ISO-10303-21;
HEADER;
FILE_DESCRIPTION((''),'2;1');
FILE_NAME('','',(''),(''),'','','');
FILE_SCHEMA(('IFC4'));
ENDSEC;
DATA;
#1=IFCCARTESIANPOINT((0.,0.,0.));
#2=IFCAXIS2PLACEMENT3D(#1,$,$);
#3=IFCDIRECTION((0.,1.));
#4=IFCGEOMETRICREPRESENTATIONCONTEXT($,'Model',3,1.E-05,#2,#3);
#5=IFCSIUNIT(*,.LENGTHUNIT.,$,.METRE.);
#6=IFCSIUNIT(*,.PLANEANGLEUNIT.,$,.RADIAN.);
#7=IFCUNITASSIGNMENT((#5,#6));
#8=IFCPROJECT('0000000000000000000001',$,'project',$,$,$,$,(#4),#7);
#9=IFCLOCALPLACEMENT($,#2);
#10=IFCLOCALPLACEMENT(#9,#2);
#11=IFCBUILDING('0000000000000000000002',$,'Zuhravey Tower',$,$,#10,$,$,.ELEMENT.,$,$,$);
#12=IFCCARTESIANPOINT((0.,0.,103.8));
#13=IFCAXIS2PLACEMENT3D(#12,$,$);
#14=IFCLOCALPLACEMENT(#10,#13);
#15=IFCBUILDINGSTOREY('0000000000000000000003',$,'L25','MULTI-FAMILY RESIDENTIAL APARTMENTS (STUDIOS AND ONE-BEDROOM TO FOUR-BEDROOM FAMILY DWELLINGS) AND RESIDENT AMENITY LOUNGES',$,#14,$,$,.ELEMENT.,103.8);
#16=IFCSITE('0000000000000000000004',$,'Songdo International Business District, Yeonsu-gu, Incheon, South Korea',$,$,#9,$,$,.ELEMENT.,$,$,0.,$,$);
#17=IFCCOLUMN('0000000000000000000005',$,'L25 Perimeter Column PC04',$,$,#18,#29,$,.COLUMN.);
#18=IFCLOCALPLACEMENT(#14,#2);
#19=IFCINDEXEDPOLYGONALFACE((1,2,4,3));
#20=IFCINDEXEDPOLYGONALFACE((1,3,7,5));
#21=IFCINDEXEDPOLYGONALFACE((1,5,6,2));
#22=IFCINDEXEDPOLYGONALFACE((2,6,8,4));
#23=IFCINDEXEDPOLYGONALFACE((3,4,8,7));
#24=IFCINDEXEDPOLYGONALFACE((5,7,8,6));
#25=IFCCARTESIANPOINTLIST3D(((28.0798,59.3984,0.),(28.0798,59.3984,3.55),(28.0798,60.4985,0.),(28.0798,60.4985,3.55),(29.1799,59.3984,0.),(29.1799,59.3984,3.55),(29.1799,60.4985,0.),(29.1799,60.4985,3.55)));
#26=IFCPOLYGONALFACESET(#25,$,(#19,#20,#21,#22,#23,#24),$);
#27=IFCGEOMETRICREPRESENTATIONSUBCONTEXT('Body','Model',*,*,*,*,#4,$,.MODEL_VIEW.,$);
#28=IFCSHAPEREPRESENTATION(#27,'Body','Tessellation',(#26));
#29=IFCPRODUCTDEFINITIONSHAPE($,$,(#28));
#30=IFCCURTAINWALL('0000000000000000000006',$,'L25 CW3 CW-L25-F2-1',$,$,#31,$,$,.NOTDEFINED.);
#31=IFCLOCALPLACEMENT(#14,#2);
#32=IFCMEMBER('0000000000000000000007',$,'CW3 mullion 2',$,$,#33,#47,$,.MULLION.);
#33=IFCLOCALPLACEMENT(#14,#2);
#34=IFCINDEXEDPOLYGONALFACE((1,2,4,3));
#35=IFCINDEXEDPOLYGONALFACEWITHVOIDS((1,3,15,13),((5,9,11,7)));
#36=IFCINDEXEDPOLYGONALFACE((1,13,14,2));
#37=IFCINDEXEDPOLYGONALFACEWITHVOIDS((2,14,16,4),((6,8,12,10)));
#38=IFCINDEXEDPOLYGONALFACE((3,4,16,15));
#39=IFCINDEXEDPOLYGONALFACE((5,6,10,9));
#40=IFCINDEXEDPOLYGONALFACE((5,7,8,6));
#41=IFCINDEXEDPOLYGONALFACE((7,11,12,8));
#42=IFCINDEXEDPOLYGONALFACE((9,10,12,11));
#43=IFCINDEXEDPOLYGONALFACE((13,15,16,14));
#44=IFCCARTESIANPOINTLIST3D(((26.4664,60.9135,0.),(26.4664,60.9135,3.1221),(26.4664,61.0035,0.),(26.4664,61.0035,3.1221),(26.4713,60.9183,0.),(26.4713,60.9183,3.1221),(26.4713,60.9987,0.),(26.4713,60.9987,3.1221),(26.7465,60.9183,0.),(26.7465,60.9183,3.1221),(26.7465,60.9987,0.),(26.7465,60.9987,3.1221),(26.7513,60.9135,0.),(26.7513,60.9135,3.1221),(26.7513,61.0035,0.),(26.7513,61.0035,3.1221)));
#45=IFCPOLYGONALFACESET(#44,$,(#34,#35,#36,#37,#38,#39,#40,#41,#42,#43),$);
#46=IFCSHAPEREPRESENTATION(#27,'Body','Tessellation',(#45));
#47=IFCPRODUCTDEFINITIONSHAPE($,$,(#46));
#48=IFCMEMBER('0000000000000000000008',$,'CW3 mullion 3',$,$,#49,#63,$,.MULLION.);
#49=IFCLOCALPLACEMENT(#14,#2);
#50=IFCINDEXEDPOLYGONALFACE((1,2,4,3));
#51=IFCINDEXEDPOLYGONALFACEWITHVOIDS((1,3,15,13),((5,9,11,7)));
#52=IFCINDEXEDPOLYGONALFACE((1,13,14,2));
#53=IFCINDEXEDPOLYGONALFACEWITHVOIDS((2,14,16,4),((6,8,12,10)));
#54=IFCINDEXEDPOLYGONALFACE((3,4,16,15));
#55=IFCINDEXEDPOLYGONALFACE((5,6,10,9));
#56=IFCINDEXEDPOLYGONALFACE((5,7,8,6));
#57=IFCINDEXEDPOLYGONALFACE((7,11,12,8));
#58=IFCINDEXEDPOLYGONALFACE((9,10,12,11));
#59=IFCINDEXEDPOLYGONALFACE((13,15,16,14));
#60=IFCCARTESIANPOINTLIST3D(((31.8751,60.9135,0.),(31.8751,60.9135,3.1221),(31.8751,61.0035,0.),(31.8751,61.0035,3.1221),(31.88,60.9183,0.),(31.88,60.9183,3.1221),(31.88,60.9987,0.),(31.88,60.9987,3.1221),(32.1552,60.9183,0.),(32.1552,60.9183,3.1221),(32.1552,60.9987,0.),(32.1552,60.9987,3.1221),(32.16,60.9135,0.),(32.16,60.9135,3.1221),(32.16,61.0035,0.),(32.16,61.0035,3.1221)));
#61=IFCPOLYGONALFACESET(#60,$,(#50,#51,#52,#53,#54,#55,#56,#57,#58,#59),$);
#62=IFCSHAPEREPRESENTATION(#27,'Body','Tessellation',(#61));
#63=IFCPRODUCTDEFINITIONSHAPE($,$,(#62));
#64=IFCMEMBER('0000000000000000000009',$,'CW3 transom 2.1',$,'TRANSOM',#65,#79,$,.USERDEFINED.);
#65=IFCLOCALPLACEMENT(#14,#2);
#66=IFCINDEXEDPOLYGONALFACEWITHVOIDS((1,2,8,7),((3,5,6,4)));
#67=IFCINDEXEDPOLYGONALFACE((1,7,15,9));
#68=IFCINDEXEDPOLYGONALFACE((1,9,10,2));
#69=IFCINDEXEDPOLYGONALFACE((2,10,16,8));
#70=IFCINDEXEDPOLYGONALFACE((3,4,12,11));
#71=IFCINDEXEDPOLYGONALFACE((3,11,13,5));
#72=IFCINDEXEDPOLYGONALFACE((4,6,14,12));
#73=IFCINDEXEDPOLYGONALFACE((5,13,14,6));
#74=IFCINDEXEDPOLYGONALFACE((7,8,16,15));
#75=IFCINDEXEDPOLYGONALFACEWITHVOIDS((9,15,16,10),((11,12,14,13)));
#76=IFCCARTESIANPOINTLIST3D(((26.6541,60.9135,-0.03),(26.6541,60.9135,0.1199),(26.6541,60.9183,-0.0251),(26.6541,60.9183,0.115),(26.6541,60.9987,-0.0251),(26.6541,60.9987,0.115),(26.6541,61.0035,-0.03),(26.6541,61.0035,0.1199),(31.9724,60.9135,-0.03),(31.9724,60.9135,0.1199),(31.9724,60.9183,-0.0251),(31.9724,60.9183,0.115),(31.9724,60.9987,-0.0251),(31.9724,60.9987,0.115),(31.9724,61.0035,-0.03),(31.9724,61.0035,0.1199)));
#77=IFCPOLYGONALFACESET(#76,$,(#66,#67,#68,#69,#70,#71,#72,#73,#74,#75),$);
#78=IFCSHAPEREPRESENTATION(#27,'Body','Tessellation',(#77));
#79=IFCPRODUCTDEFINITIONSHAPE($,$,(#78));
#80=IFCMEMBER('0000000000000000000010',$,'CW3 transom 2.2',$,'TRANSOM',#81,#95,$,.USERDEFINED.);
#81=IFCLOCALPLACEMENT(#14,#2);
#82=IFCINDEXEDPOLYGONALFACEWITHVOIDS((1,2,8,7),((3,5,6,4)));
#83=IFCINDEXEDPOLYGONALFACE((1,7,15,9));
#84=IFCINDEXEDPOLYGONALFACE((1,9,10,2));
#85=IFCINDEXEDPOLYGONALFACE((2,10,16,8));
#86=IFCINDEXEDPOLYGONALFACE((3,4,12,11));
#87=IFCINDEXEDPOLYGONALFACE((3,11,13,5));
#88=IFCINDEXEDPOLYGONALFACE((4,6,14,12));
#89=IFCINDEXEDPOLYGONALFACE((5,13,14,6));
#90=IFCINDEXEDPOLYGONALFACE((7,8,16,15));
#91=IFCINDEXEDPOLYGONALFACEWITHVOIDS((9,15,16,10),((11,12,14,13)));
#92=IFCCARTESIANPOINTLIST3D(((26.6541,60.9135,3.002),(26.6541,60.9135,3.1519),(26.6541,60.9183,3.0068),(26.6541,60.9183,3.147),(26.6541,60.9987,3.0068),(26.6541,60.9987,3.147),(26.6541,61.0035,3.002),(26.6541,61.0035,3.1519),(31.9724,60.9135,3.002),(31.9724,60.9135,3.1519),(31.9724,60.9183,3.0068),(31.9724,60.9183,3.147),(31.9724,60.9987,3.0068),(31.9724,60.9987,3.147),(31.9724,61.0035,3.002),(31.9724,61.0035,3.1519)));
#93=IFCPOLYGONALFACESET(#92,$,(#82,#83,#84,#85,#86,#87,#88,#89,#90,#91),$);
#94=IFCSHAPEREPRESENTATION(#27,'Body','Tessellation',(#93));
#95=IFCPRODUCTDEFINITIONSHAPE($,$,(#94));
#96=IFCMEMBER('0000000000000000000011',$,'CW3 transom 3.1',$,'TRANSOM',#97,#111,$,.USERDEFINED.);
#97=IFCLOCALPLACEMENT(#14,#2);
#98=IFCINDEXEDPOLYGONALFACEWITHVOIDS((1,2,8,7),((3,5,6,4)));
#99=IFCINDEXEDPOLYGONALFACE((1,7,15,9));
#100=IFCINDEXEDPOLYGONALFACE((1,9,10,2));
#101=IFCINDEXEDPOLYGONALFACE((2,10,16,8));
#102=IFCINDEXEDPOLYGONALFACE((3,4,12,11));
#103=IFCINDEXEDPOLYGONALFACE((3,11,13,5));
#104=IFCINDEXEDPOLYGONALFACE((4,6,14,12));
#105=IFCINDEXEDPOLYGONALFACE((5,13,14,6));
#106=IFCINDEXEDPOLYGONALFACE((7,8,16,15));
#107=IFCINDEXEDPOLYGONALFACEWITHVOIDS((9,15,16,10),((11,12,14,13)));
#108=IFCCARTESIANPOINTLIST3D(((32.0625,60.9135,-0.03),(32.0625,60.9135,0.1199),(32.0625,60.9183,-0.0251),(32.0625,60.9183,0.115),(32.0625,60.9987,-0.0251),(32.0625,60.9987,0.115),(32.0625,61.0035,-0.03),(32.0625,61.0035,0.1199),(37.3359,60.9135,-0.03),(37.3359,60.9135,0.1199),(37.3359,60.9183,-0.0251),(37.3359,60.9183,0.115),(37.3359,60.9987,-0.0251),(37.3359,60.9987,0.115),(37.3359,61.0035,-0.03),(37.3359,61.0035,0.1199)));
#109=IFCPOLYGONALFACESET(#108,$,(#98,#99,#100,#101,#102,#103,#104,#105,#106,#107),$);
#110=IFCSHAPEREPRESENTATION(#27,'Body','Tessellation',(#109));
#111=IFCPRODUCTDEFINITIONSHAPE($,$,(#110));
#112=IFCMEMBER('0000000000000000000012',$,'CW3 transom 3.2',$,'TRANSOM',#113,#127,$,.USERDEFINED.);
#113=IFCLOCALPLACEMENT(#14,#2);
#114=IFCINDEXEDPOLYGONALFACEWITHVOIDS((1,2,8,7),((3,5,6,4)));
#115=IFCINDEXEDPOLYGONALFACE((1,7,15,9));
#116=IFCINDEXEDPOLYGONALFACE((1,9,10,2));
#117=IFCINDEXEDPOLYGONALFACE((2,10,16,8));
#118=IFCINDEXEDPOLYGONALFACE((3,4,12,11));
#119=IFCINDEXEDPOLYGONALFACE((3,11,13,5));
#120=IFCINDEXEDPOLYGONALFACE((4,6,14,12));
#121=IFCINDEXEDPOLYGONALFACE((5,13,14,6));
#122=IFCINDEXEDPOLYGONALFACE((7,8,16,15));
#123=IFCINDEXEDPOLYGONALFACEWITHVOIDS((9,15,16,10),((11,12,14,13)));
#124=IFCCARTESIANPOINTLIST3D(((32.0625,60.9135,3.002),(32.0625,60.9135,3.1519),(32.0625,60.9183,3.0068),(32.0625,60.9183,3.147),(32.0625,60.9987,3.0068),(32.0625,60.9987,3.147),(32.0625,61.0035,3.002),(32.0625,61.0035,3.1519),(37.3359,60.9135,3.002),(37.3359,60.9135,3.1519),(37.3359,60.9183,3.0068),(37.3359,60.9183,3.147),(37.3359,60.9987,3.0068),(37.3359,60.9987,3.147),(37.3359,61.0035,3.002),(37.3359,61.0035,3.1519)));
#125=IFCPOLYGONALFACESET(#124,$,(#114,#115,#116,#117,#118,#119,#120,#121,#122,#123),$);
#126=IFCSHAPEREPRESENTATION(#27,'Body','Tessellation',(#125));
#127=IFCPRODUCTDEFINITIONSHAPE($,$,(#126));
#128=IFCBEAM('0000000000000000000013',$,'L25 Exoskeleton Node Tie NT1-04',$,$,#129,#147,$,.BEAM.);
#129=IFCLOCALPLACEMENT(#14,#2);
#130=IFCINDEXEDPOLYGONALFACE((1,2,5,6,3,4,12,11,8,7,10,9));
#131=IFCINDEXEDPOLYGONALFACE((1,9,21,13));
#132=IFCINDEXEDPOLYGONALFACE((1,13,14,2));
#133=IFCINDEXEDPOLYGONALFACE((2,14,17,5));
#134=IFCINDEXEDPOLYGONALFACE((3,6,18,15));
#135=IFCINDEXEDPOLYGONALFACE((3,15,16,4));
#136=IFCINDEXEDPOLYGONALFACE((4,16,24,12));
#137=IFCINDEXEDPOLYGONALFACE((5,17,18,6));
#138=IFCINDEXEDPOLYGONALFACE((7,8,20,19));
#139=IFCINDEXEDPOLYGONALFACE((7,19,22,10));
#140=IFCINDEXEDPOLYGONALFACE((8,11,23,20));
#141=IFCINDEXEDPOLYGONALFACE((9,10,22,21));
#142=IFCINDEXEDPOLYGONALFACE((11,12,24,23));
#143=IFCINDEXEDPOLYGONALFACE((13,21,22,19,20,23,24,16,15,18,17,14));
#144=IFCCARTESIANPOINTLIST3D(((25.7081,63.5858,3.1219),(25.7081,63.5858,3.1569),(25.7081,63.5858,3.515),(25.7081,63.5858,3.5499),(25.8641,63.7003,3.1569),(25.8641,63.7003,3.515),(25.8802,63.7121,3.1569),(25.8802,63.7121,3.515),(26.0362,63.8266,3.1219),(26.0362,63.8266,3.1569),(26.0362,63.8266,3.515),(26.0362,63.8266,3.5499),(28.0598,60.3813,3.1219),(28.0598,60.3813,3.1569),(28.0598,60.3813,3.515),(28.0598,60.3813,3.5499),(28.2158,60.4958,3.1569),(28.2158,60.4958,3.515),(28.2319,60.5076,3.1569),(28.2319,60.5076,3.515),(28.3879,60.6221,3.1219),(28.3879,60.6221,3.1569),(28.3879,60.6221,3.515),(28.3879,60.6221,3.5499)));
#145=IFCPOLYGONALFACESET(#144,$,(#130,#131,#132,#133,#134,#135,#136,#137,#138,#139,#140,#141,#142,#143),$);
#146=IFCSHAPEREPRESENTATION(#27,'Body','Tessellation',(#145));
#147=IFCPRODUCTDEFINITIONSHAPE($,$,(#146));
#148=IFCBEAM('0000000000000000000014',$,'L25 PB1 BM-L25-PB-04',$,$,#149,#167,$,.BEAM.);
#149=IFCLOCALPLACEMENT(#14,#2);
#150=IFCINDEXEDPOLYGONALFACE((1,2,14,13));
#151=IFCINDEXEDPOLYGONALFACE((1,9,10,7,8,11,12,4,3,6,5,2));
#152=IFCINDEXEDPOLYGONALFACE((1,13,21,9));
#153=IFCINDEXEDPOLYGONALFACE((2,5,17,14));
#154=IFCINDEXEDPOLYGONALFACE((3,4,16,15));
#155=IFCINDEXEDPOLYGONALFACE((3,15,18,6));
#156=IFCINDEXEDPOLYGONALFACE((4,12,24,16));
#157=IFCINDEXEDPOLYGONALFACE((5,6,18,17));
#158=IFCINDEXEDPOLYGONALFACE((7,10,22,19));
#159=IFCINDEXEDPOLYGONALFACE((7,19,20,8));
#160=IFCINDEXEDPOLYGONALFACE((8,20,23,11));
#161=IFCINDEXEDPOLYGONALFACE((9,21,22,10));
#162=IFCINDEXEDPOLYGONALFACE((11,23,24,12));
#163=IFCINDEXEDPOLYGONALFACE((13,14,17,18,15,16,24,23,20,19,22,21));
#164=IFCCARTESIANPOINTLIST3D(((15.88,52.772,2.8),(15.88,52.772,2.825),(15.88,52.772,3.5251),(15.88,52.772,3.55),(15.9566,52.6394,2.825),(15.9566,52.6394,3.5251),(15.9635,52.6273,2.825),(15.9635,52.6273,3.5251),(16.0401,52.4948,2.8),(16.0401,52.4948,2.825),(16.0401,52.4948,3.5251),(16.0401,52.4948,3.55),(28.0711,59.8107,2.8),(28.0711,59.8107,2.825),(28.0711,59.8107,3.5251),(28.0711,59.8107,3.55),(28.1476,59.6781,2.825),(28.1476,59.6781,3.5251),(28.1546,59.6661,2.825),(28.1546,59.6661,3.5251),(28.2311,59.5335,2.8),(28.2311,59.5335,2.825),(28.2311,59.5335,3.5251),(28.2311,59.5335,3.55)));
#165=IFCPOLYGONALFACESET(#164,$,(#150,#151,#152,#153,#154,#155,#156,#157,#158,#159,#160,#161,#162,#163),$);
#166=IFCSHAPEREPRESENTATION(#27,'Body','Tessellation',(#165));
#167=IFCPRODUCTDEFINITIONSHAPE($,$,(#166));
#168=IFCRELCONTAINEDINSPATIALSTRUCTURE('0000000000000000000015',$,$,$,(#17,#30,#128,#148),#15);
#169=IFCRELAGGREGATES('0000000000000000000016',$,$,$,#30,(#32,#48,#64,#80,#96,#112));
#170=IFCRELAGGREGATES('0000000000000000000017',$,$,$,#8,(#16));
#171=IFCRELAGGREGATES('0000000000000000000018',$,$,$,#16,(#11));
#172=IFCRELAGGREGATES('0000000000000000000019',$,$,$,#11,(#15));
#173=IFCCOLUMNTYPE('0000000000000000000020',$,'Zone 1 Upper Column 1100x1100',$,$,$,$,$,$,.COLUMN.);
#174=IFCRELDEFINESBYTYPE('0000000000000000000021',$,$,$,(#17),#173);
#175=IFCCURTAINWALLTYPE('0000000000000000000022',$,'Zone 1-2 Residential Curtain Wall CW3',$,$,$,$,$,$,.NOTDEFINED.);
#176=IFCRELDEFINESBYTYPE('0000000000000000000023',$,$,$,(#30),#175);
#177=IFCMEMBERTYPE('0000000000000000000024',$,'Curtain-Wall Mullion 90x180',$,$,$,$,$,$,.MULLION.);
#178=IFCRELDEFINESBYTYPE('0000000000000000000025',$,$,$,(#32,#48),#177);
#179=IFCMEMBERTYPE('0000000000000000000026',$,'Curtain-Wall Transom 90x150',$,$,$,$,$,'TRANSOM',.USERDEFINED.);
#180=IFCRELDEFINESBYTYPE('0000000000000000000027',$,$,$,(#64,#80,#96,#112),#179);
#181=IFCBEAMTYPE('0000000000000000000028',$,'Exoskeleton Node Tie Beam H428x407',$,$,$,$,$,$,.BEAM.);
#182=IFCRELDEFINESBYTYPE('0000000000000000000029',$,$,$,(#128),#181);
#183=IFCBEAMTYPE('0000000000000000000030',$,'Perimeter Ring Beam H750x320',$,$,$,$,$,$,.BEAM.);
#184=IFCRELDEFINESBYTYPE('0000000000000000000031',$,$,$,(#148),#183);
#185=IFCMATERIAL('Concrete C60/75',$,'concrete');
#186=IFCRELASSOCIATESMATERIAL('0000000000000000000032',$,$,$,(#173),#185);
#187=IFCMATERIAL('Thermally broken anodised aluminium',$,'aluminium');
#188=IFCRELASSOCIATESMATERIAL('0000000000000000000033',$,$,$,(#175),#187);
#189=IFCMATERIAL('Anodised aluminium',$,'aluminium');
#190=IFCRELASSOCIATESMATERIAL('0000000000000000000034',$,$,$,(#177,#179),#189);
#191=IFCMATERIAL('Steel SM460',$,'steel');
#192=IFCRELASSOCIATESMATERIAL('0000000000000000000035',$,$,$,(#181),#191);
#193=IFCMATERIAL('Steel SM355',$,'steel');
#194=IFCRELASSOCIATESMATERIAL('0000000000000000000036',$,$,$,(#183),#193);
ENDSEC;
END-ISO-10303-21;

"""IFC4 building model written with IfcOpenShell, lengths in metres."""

from ifc_helpers import new_model, si_unit, direction, frame, origin, origin_2d, place, context, subcontext, project, spatial, rectangle, hollow_rectangle, i_section, extrude, material, material_profile, profile_set, type_object, element, aggregate, save


model = new_model("IFC4")

# Units and contexts
model_context = context("Model", 3, precision=1e-05, world=origin(), true_north=direction((0.0, 1.0)))
body_context = subcontext(model_context, "Body", "Model", "MODEL_VIEW")
ifc_project = project(units=[si_unit("LENGTHUNIT", "METRE"), si_unit("PLANEANGLEUNIT", "RADIAN")], contexts=[model_context])

# Site, building, storey
site_placement = place(None, origin())
site = spatial("IfcSite", under=ifc_project, at=site_placement, Name="Songdo International Business District, Yeonsu-gu, Incheon, South Korea", CompositionType="ELEMENT", RefElevation=0.0)
building_placement = place(site_placement, origin())
building = spatial("IfcBuilding", under=site, at=building_placement, Name="Zuhravey Tower", CompositionType="ELEMENT")
storey_placement = place(building_placement, frame((0.0, 0.0, 103.8)))
storey = spatial("IfcBuildingStorey", under=building, at=storey_placement, Name="L25", Description="MULTI-FAMILY RESIDENTIAL APARTMENTS (STUDIOS AND ONE-BEDROOM TO FOUR-BEDROOM FAMILY DWELLINGS) AND RESIDENT AMENITY LOUNGES", CompositionType="ELEMENT", Elevation=103.8)

# Column
ifc_material_1 = material(Name="Concrete C60/75", Category="concrete")
ifc_material_profile_1 = material_profile(ifc_material_1, rectangle(XDim=1.1001, YDim=1.1001, at=origin_2d()), Name="RC-1100x1100")
ifc_profile_set_1 = profile_set([ifc_material_profile_1], Name="Concrete C60/75")
column_type = type_object("IfcColumnType", Name="Zone 1 Upper Column 1100x1100", PredefinedType="COLUMN", material=ifc_profile_set_1)
column_placement = place(storey_placement, frame((28.6299, 59.9485, 0.0), z_axis=(0.0, 0.0, 1.0), x_axis=(-1.0, 0.0, 0.0)))
element("IfcColumn", 1, at=column_placement, inside=storey, type_object=column_type, Name="L25 Perimeter Column PC04", PredefinedType="COLUMN", context=body_context, shape_type="SweptSolid", body=[
    extrude(rectangle(XDim=1.1001, YDim=1.1001, at=origin_2d()), origin(), (0.0, 0.0, 1.0), 3.55),
])

# Curtain wall, members
ifc_material_2 = material(Name="Thermally broken anodised aluminium", Category="aluminium")
curtain_wall_type = type_object("IfcCurtainWallType", Name="Zone 1-2 Residential Curtain Wall CW3", PredefinedType="NOTDEFINED", material=ifc_material_2)
curtain_wall_placement = place(storey_placement, origin())
curtain_wall = element("IfcCurtainWall", 2, at=curtain_wall_placement, inside=storey, type_object=curtain_wall_type, Name="L25 CW3 CW-L25-F2-1", PredefinedType="NOTDEFINED")
ifc_material_3 = material(Name="Anodised aluminium", Category="aluminium")
ifc_material_profile_2 = material_profile(ifc_material_3, hollow_rectangle(XDim=0.0901, YDim=0.2849, WallThickness=0.0049, at=origin_2d()), Name="ALU-RHS-90x285x5")
ifc_profile_set_2 = profile_set([ifc_material_profile_2], Name="Anodised aluminium")
member_type_1 = type_object("IfcMemberType", Name="Curtain-Wall Mullion 90x180", PredefinedType="MULLION", material=ifc_profile_set_2)
member_1_placement = place(storey_placement, frame((26.6089, 60.9585, 0.0), z_axis=(0.0, 0.0, 1.0), x_axis=(0.0, 1.0, 0.0)))
member_1 = element("IfcMember", 3, at=member_1_placement, type_object=member_type_1, Name="CW3 mullion 2", PredefinedType="MULLION", context=body_context, shape_type="SweptSolid", body=[
    extrude(hollow_rectangle(XDim=0.0901, YDim=0.2849, WallThickness=0.0049, at=origin_2d()), origin(), (0.0, 0.0, 1.0), 3.1221),
])
member_2_placement = place(storey_placement, frame((32.0176, 60.9585, 0.0), z_axis=(0.0, 0.0, 1.0), x_axis=(0.0, 1.0, 0.0)))
member_2 = element("IfcMember", 4, at=member_2_placement, type_object=member_type_1, Name="CW3 mullion 3", PredefinedType="MULLION", context=body_context, shape_type="SweptSolid", body=[
    extrude(hollow_rectangle(XDim=0.0901, YDim=0.2849, WallThickness=0.0049, at=origin_2d()), origin(), (0.0, 0.0, 1.0), 3.1221),
])
ifc_material_profile_3 = material_profile(ifc_material_3, hollow_rectangle(XDim=0.0901, YDim=0.1499, WallThickness=0.0049, at=origin_2d()), Name="ALU-RHS-90x150x5")
ifc_profile_set_3 = profile_set([ifc_material_profile_3], Name="Anodised aluminium")
member_type_2 = type_object("IfcMemberType", Name="Curtain-Wall Transom 90x150", ElementType="TRANSOM", PredefinedType="USERDEFINED", material=ifc_profile_set_3)
member_3_placement = place(storey_placement, frame((26.6541, 60.9585, 0.0449), z_axis=(1.0, 0.0, 0.0), x_axis=(0.0, 1.0, 0.0)))
member_3 = element("IfcMember", 5, at=member_3_placement, type_object=member_type_2, Name="CW3 transom 2.1", ObjectType="TRANSOM", PredefinedType="USERDEFINED", context=body_context, shape_type="SweptSolid", body=[
    extrude(hollow_rectangle(XDim=0.0901, YDim=0.1499, WallThickness=0.0049, at=origin_2d()), origin(), (0.0, 0.0, 1.0), 5.3184),
])
member_4_placement = place(storey_placement, frame((26.6541, 60.9585, 3.0769), z_axis=(1.0, 0.0, 0.0), x_axis=(0.0, 1.0, 0.0)))
member_4 = element("IfcMember", 6, at=member_4_placement, type_object=member_type_2, Name="CW3 transom 2.2", ObjectType="TRANSOM", PredefinedType="USERDEFINED", context=body_context, shape_type="SweptSolid", body=[
    extrude(hollow_rectangle(XDim=0.0901, YDim=0.1499, WallThickness=0.0049, at=origin_2d()), origin(), (0.0, 0.0, 1.0), 5.3184),
])
member_5_placement = place(storey_placement, frame((32.0625, 60.9585, 0.0449), z_axis=(1.0, 0.0, 0.0), x_axis=(0.0, 1.0, 0.0)))
member_5 = element("IfcMember", 7, at=member_5_placement, type_object=member_type_2, Name="CW3 transom 3.1", ObjectType="TRANSOM", PredefinedType="USERDEFINED", context=body_context, shape_type="SweptSolid", body=[
    extrude(hollow_rectangle(XDim=0.0901, YDim=0.1499, WallThickness=0.0049, at=origin_2d()), origin(), (0.0, 0.0, 1.0), 5.2734),
])
member_6_placement = place(storey_placement, frame((32.0625, 60.9585, 3.0769), z_axis=(1.0, 0.0, 0.0), x_axis=(0.0, 1.0, 0.0)))
member_6 = element("IfcMember", 8, at=member_6_placement, type_object=member_type_2, Name="CW3 transom 3.2", ObjectType="TRANSOM", PredefinedType="USERDEFINED", context=body_context, shape_type="SweptSolid", body=[
    extrude(hollow_rectangle(XDim=0.0901, YDim=0.1499, WallThickness=0.0049, at=origin_2d()), origin(), (0.0, 0.0, 1.0), 5.2734),
])

# Beams
ifc_material_4 = material(Name="Steel SM460", Category="steel")
ifc_material_profile_4 = material_profile(ifc_material_4, i_section(OverallWidth=0.407, OverallDepth=0.428, WebThickness=0.02, FlangeThickness=0.0349, at=origin_2d()), Name="H-428x407x20x35")
ifc_profile_set_4 = profile_set([ifc_material_profile_4], Name="Steel SM460")
beam_type_1 = type_object("IfcBeamType", Name="Exoskeleton Node Tie Beam H428x407", PredefinedType="BEAM", material=ifc_profile_set_4)
beam_1_placement = place(storey_placement, frame((28.2239, 60.5017, 3.3359), z_axis=(-0.591654, 0.806192, 0.0), x_axis=(-0.806192, -0.591654, 0.0)))
element("IfcBeam", 9, at=beam_1_placement, inside=storey, type_object=beam_type_1, Name="L25 Exoskeleton Node Tie NT1-04", PredefinedType="BEAM", context=body_context, shape_type="SweptSolid", body=[
    extrude(i_section(OverallWidth=0.407, OverallDepth=0.428, WebThickness=0.02, FlangeThickness=0.0349, at=origin_2d()), origin(), (0.0, 0.0, 1.0), 3.9749),
])
ifc_material_5 = material(Name="Steel SM355", Category="steel")
ifc_material_profile_5 = material_profile(ifc_material_5, i_section(OverallWidth=0.3201, OverallDepth=0.75, WebThickness=0.0139, FlangeThickness=0.0249, at=origin_2d()), Name="H-750x320x14x25")
ifc_profile_set_5 = profile_set([ifc_material_profile_5], Name="Steel SM355")
beam_type_2 = type_object("IfcBeamType", Name="Perimeter Ring Beam H750x320", PredefinedType="BEAM", material=ifc_profile_set_5)
beam_2_placement = place(storey_placement, frame((28.1511, 59.6721, 3.175), z_axis=(-0.866018, -0.500013, 0.0), x_axis=(0.500013, -0.866018, 0.0)))
element("IfcBeam", 10, at=beam_2_placement, inside=storey, type_object=beam_type_2, Name="L25 PB1 BM-L25-PB-04", PredefinedType="BEAM", context=body_context, shape_type="SweptSolid", body=[
    extrude(i_section(OverallWidth=0.3201, OverallDepth=0.75, WebThickness=0.0139, FlangeThickness=0.0249, at=origin_2d()), origin(), (0.0, 0.0, 1.0), 14.0771),
])

aggregate(curtain_wall, [member_1, member_2, member_3, member_4, member_5, member_6])

save(model, "model.ifc")
